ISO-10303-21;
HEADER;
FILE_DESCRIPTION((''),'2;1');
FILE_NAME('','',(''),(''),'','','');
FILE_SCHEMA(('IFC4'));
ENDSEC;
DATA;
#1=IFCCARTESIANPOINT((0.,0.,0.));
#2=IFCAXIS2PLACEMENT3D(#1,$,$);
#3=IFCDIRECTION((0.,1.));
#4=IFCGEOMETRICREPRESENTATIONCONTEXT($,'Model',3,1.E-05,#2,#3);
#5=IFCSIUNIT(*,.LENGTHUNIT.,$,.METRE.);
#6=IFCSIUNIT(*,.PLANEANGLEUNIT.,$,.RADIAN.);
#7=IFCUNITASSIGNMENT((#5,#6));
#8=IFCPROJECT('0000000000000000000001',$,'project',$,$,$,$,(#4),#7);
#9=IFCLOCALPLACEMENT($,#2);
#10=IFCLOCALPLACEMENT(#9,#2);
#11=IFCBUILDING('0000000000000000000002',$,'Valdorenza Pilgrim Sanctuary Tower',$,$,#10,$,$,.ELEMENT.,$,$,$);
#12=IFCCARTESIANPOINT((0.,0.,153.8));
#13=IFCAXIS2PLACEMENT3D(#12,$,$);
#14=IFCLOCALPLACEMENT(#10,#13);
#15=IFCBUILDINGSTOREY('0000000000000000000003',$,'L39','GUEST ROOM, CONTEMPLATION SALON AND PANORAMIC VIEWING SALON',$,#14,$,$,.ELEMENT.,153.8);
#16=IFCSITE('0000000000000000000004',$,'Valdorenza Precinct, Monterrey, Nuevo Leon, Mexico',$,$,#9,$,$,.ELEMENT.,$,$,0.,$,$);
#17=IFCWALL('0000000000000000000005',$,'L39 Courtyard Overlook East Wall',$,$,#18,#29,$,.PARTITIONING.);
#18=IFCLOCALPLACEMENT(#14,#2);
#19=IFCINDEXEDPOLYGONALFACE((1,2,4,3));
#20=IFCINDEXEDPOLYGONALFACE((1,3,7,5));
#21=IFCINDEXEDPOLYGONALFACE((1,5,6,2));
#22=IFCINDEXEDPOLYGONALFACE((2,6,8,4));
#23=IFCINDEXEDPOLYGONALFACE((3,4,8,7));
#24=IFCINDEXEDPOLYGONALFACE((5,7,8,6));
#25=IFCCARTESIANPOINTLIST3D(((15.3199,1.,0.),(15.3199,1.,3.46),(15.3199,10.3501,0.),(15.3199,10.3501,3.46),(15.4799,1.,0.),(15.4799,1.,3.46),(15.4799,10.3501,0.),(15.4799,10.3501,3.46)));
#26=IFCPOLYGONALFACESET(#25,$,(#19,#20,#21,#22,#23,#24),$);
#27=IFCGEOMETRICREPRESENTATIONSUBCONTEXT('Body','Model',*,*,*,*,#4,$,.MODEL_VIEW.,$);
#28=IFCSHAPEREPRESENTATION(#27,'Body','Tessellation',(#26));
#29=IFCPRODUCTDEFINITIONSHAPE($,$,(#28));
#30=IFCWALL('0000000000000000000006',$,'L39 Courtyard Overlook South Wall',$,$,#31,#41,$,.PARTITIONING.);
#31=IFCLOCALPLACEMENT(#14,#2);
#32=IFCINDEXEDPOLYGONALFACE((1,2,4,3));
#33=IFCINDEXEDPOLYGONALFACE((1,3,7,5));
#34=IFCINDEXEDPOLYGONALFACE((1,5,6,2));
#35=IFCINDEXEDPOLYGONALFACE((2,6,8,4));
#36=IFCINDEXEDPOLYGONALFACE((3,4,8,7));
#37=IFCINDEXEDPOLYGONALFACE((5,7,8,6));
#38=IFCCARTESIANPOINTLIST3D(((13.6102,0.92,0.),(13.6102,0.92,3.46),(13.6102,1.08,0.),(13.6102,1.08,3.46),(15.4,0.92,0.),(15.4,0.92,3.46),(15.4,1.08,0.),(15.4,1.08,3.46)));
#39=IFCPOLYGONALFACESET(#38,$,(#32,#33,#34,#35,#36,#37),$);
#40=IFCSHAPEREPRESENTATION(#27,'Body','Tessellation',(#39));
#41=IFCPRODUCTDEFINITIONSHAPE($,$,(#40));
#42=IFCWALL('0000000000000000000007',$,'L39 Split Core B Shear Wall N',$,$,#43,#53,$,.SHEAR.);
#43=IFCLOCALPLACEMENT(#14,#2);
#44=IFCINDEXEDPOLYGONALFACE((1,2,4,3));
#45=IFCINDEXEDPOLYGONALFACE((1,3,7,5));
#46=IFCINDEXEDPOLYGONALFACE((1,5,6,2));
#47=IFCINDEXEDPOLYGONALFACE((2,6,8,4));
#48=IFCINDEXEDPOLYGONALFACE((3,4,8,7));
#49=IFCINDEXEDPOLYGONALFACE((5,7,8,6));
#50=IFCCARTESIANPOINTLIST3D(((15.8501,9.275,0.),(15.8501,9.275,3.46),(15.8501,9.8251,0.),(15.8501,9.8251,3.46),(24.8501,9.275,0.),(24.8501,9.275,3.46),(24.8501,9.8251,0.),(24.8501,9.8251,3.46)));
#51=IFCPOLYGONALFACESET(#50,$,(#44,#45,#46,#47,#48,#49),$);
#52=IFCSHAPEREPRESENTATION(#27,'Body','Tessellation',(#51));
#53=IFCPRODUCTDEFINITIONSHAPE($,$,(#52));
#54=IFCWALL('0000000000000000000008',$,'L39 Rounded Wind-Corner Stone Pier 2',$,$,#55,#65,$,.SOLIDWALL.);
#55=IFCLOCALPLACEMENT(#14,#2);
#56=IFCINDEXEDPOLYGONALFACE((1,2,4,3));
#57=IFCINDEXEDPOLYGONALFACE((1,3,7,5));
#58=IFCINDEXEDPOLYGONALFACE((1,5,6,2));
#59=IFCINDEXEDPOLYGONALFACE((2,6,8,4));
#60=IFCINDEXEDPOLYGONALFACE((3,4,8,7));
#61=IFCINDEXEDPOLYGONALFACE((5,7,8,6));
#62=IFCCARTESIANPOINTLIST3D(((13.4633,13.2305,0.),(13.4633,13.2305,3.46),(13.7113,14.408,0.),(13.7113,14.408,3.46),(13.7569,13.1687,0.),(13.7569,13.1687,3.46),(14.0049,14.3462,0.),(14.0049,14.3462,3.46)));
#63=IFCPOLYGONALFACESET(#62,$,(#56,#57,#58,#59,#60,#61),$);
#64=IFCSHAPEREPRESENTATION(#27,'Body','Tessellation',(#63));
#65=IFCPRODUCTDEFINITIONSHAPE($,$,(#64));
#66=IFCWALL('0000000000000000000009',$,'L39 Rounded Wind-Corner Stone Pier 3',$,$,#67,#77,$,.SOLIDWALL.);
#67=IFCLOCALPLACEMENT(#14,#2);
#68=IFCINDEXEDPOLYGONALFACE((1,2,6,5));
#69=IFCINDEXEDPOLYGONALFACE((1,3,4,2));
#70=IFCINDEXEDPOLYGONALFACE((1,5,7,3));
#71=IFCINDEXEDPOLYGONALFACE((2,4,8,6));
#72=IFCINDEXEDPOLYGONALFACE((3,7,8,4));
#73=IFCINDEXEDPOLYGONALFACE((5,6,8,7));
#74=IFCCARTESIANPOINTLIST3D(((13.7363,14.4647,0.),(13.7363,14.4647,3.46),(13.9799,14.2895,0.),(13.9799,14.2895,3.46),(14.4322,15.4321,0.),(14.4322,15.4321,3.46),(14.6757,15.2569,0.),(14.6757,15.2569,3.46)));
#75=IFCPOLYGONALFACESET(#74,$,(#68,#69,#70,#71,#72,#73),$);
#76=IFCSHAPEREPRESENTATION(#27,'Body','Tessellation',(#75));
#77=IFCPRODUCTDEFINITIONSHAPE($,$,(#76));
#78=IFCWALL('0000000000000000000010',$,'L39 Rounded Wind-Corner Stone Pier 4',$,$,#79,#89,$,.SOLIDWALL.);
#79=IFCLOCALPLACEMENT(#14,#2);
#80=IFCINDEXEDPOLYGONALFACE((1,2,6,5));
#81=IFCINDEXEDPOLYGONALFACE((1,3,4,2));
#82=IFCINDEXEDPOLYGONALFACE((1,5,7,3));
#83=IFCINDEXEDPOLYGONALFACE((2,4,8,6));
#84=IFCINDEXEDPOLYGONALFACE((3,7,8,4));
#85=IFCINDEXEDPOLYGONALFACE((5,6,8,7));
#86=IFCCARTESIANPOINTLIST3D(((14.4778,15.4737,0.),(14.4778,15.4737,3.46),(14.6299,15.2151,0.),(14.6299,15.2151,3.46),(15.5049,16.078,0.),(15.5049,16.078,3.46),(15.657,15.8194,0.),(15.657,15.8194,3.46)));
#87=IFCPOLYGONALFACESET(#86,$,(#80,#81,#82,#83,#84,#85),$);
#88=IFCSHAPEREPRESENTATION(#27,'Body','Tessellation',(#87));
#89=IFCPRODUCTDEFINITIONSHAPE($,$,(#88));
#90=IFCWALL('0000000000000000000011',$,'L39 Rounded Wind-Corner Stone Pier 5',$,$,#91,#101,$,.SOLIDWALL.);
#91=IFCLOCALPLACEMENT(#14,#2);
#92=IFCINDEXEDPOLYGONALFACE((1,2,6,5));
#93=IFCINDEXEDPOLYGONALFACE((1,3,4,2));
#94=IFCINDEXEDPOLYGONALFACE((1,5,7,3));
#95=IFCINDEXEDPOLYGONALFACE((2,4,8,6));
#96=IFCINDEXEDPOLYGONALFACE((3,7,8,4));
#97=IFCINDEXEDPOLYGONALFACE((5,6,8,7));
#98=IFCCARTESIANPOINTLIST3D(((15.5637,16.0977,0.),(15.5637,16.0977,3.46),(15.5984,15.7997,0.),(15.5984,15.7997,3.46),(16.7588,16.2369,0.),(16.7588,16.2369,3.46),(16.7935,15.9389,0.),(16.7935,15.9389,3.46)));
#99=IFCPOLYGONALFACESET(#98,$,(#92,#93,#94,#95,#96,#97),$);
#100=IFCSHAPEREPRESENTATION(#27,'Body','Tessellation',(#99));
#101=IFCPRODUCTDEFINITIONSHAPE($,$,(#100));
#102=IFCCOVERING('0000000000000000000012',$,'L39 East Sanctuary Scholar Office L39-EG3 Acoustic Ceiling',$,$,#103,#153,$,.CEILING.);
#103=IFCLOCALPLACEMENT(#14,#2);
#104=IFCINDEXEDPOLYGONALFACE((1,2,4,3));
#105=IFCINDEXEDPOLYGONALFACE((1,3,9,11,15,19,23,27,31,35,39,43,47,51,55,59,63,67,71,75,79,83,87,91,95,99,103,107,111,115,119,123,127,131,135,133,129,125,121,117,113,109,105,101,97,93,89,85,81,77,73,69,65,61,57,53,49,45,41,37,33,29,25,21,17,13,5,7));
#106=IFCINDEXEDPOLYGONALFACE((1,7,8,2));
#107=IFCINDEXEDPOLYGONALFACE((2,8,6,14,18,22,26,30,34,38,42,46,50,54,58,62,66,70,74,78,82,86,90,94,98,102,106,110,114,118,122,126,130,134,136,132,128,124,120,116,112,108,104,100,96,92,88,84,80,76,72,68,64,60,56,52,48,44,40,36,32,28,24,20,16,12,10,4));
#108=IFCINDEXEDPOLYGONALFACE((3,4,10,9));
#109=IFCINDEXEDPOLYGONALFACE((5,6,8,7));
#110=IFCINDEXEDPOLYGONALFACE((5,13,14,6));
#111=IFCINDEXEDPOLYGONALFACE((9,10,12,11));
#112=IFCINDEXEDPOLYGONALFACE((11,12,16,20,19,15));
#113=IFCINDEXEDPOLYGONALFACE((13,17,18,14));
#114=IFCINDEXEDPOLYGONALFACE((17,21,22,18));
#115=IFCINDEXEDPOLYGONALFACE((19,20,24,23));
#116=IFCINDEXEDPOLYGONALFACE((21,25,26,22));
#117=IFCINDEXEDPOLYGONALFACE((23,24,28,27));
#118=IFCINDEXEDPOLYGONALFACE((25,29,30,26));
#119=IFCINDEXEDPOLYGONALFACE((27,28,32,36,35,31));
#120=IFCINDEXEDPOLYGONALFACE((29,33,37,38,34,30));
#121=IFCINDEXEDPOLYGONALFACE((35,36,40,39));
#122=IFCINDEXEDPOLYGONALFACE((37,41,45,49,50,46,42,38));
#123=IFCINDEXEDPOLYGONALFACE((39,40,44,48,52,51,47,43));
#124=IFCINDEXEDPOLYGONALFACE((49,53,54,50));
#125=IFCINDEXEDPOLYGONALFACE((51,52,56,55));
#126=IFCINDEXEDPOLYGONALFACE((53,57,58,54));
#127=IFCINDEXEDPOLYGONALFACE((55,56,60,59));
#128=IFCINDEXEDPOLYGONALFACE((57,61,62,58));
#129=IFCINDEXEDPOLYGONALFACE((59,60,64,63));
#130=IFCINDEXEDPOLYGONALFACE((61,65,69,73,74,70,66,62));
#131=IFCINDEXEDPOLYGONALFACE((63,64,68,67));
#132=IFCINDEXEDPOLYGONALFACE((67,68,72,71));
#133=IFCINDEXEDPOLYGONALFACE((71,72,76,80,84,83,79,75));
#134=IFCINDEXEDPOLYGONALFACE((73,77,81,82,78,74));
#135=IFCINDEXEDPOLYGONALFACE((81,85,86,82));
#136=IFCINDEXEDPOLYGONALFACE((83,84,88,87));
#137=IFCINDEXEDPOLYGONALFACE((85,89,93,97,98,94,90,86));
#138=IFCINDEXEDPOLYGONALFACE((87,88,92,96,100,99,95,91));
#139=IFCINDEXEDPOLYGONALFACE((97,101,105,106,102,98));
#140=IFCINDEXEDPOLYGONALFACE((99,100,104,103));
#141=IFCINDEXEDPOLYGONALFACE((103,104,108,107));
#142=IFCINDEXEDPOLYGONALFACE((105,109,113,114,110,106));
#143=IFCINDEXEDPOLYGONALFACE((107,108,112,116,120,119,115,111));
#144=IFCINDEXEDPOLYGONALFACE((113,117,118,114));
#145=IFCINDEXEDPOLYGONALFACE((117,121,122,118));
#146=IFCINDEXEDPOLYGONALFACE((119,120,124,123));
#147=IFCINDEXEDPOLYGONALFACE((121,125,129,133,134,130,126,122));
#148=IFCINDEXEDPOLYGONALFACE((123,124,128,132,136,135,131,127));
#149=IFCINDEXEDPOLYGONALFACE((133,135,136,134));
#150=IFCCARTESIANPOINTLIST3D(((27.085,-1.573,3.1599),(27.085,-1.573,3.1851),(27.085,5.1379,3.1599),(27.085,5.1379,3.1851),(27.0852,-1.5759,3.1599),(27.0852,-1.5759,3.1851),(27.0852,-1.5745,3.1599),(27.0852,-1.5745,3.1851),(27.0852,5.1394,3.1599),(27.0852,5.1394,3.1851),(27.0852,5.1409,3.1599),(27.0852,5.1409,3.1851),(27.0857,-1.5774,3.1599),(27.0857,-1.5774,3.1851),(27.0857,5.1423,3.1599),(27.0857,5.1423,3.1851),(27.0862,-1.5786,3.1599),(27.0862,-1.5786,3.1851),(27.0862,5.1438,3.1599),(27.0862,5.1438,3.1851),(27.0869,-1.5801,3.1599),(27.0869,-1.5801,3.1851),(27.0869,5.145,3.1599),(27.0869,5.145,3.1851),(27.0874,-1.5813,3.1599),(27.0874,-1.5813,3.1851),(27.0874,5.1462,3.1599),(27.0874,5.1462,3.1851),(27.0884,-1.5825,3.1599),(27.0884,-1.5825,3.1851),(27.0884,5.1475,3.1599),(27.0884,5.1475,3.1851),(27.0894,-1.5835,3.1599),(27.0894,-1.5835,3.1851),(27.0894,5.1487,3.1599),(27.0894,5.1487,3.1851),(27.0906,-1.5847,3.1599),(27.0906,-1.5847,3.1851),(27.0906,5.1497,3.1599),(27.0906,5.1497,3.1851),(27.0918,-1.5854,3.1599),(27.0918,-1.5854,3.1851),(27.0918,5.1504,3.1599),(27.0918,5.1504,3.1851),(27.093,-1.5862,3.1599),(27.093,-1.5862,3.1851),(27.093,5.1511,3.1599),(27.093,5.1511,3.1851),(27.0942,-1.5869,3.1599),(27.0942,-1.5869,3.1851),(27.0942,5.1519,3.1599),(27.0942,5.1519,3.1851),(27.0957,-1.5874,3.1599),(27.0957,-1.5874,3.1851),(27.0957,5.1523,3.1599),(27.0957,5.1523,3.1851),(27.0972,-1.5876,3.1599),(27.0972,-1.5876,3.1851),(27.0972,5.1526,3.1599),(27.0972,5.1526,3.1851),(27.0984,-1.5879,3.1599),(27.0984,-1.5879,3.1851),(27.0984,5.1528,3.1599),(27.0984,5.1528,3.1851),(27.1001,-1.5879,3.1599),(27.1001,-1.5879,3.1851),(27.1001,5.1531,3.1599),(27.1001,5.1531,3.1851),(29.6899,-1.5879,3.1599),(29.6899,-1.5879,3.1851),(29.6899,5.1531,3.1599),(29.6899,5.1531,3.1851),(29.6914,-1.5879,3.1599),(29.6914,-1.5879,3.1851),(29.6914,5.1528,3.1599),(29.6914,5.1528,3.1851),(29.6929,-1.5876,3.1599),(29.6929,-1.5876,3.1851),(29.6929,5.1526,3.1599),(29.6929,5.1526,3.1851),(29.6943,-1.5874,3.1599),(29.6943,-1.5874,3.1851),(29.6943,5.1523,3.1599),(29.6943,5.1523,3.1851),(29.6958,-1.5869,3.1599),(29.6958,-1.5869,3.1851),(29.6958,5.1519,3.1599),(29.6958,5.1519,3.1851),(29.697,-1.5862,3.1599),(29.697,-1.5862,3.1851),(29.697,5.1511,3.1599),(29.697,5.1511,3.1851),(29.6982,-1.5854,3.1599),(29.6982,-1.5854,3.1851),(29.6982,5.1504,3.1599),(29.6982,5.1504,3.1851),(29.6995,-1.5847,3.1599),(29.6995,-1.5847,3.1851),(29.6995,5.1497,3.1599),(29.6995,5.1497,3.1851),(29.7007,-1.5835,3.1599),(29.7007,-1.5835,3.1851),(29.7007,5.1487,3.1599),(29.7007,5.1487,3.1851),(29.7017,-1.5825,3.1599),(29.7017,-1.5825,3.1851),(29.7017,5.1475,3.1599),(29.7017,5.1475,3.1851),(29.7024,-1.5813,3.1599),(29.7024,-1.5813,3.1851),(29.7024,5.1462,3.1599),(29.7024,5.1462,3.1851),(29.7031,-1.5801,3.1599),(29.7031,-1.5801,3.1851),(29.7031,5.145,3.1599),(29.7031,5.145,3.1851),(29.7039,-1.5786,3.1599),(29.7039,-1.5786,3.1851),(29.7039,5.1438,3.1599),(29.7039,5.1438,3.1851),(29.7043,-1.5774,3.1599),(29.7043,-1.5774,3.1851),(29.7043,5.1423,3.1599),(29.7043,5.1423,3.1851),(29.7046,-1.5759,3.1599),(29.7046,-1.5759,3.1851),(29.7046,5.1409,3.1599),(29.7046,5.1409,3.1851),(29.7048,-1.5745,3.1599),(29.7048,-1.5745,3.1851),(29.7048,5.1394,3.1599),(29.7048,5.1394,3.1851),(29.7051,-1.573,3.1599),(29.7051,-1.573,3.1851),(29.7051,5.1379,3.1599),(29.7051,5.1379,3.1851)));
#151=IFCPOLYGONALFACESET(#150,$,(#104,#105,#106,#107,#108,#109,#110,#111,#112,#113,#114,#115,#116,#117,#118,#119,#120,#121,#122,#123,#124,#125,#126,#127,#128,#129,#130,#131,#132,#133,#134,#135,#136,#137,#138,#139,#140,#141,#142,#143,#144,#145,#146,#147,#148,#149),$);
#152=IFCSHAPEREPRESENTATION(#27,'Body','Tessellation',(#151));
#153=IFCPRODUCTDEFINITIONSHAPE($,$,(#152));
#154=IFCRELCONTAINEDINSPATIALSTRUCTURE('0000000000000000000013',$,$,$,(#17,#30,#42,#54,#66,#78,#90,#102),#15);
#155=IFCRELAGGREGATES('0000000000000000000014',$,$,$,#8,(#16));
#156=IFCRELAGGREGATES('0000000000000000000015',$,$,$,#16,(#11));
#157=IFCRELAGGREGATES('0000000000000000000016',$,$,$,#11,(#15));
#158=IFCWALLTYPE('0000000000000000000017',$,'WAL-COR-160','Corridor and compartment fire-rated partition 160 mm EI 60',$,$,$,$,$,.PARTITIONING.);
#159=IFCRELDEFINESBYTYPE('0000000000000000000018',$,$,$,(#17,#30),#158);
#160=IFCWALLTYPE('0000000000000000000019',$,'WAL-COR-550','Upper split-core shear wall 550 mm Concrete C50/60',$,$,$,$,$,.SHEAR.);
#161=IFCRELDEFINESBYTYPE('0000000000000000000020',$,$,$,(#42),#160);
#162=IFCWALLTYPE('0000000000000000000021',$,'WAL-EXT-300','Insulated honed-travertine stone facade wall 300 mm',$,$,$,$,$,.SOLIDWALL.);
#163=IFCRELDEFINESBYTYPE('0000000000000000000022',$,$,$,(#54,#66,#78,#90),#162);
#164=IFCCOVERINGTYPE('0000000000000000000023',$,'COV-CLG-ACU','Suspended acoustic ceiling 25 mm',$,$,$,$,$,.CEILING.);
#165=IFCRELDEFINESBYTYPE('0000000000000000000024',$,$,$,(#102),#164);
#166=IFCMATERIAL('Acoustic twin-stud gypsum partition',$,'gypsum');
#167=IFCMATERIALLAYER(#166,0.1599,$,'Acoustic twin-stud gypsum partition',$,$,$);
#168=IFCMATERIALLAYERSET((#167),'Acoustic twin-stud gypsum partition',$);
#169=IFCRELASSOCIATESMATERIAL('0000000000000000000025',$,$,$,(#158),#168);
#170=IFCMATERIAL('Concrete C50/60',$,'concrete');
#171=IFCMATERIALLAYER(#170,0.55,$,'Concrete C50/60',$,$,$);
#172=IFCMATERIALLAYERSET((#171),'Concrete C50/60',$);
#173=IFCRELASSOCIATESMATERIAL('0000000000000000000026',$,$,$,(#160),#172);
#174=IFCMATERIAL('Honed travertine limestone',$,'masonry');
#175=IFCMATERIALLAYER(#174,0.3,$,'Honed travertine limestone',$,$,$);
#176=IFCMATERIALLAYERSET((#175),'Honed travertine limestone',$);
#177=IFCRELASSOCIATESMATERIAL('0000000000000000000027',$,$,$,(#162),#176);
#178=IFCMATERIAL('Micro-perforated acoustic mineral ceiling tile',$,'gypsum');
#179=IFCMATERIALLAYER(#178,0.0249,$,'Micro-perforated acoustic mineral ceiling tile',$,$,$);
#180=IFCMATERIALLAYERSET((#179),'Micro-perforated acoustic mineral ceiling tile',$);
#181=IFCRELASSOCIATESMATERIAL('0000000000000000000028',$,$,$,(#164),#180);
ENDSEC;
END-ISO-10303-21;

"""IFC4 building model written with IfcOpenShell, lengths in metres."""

from ifc_helpers import new_model, si_unit, direction, frame, frame_2d, origin, place, context, subcontext, project, spatial, polyline, rectangle, outline, extrude, material, layer, layer_set, type_object, element, save


model = new_model("IFC4")

# Units and contexts
model_context = context("Model", 3, precision=1e-05, world=origin(), true_north=direction((0.0, 1.0)))
body_context = subcontext(model_context, "Body", "Model", "MODEL_VIEW")
ifc_project = project(units=[si_unit("LENGTHUNIT", "METRE"), si_unit("PLANEANGLEUNIT", "RADIAN")], contexts=[model_context])

# Site, building, storey
site_placement = place(None, origin())
site = spatial("IfcSite", under=ifc_project, at=site_placement, Name="Valdorenza Precinct, Monterrey, Nuevo Leon, Mexico", CompositionType="ELEMENT", RefElevation=0.0)
building_placement = place(site_placement, origin())
building = spatial("IfcBuilding", under=site, at=building_placement, Name="Valdorenza Pilgrim Sanctuary Tower", CompositionType="ELEMENT")
storey_placement = place(building_placement, frame((0.0, 0.0, 153.8)))
storey = spatial("IfcBuildingStorey", under=building, at=storey_placement, Name="L39", Description="GUEST ROOM, CONTEMPLATION SALON AND PANORAMIC VIEWING SALON", CompositionType="ELEMENT", Elevation=153.8)

# Shared definitions
ifc_material_1 = material(Name="Honed travertine limestone", Category="masonry")

# Shared definitions
ifc_material_2 = material(Name="Acoustic twin-stud gypsum partition", Category="gypsum")
ifc_layer_1 = layer(ifc_material_2, 0.1599, Name="Acoustic twin-stud gypsum partition")
ifc_layer_set_1 = layer_set([ifc_layer_1], Name="Acoustic twin-stud gypsum partition")
wall_type_1 = type_object("IfcWallType", Name="WAL-COR-160", Description="Corridor and compartment fire-rated partition 160 mm EI 60", PredefinedType="PARTITIONING", material=ifc_layer_set_1)

# Walls
wall_1_placement = place(storey_placement, frame((15.3999, 1.0, 0.0), z_axis=(0.0, 0.0, 1.0), x_axis=(0.0, 1.0, 0.0)))
element("IfcWall", 1, at=wall_1_placement, inside=storey, type_object=wall_type_1, Name="L39 Courtyard Overlook East Wall", PredefinedType="PARTITIONING", context=body_context, shape_type="SweptSolid", body=[
    extrude(rectangle(XDim=9.3501, YDim=0.1599, at=frame_2d((4.675, 0.0))), origin(), (0.0, 0.0, 1.0), 3.46),
])
wall_2_placement = place(storey_placement, frame((13.6101, 1.0, 0.0), z_axis=(0.0, 0.0, 1.0), x_axis=(1.0, 0.0, 0.0)))
element("IfcWall", 2, at=wall_2_placement, inside=storey, type_object=wall_type_1, Name="L39 Courtyard Overlook South Wall", PredefinedType="PARTITIONING", context=body_context, shape_type="SweptSolid", body=[
    extrude(rectangle(XDim=1.7898, YDim=0.1599, at=frame_2d((0.895, 0.0))), origin(), (0.0, 0.0, 1.0), 3.46),
])
ifc_material_3 = material(Name="Concrete C50/60", Category="concrete")
ifc_layer_2 = layer(ifc_material_3, 0.55, Name="Concrete C50/60")
ifc_layer_set_2 = layer_set([ifc_layer_2], Name="Concrete C50/60")
wall_type_2 = type_object("IfcWallType", Name="WAL-COR-550", Description="Upper split-core shear wall 550 mm Concrete C50/60", PredefinedType="SHEAR", material=ifc_layer_set_2)
wall_3_placement = place(storey_placement, frame((15.8501, 9.55, 0.0), z_axis=(0.0, 0.0, 1.0), x_axis=(1.0, 0.0, 0.0)))
element("IfcWall", 3, at=wall_3_placement, inside=storey, type_object=wall_type_2, Name="L39 Split Core B Shear Wall N", PredefinedType="SHEAR", context=body_context, shape_type="SweptSolid", body=[
    extrude(rectangle(XDim=9.0, YDim=0.55, at=frame_2d((4.5, 0.0))), origin(), (0.0, 0.0, 1.0), 3.46),
])
ifc_layer_3 = layer(ifc_material_1, 0.3, Name="Honed travertine limestone")
ifc_layer_set_3 = layer_set([ifc_layer_3], Name="Honed travertine limestone")
wall_type_3 = type_object("IfcWallType", Name="WAL-EXT-300", Description="Insulated honed-travertine stone facade wall 300 mm", PredefinedType="SOLIDWALL", material=ifc_layer_set_3)
wall_4_placement = place(storey_placement, frame((13.6101, 13.1997, 0.0), z_axis=(0.0, 0.0, 1.0), x_axis=(0.206133, 0.978524, 0.0)))
element("IfcWall", 4, at=wall_4_placement, inside=storey, type_object=wall_type_3, Name="L39 Rounded Wind-Corner Stone Pier 2", PredefinedType="SOLIDWALL", context=body_context, shape_type="SweptSolid", body=[
    extrude(rectangle(XDim=1.2034, YDim=0.3, at=frame_2d((0.6016, 0.0))), origin(), (0.0, 0.0, 1.0), 3.46),
])
for number, where, z_axis, x_axis, name in (
    (5, (13.8582, 14.3772, 0.0), (0.0, 0.0, 1.0), (0.583948, 0.811791, 0.0), "L39 Rounded Wind-Corner Stone Pier 3"),
    (6, (14.554, 15.3445, 0.0), (0.0, 0.0, 1.0), (0.861908, 0.507065, 0.0), "L39 Rounded Wind-Corner Stone Pier 4"),
):
    element("IfcWall", number, at=place(storey_placement, frame(where, z_axis=z_axis, x_axis=x_axis)), inside=storey, type_object=wall_type_3, Name=name, PredefinedType="SOLIDWALL", context=body_context, shape_type="SweptSolid", body=[
        extrude(rectangle(XDim=1.1917, YDim=0.3, at=frame_2d((0.5957, 0.0))), origin(), (0.0, 0.0, 1.0), 3.46),
    ])
wall_5_placement = place(storey_placement, frame((15.5811, 15.9487, 0.0), z_axis=(0.0, 0.0, 1.0), x_axis=(0.993288, 0.115664, 0.0)))
element("IfcWall", 7, at=wall_5_placement, inside=storey, type_object=wall_type_3, Name="L39 Rounded Wind-Corner Stone Pier 5", PredefinedType="SOLIDWALL", context=body_context, shape_type="SweptSolid", body=[
    extrude(rectangle(XDim=1.2031, YDim=0.3, at=frame_2d((0.6016, 0.0))), origin(), (0.0, 0.0, 1.0), 3.46),
])

# Covering
ifc_material_4 = material(Name="Micro-perforated acoustic mineral ceiling tile", Category="gypsum")
ifc_layer_4 = layer(ifc_material_4, 0.0249, Name="Micro-perforated acoustic mineral ceiling tile")
ifc_layer_set_4 = layer_set([ifc_layer_4], Name="Micro-perforated acoustic mineral ceiling tile")
covering_type_1 = type_object("IfcCoveringType", Name="COV-CLG-ACU", Description="Suspended acoustic ceiling 25 mm", PredefinedType="CEILING", material=ifc_layer_set_4)
covering_1_placement = place(storey_placement, frame((0.0, 0.0, 3.1599)))
element("IfcCovering", 8, at=covering_1_placement, inside=storey, type_object=covering_type_1, Name="L39 East Sanctuary Scholar Office L39-EG3 Acoustic Ceiling", PredefinedType="CEILING", context=body_context, shape_type="SweptSolid", body=[
    extrude(outline(polyline([(27.085, 5.1379), (27.0852, 5.1394), (27.0852, 5.1409), (27.0857, 5.1423), (27.0862, 5.1438), (27.0869, 5.145), (27.0874, 5.1462), (27.0884, 5.1475), (27.0894, 5.1487), (27.0906, 5.1497), (27.0918, 5.1504), (27.093, 5.1511), (27.0942, 5.1519), (27.0957, 5.1523), (27.0972, 5.1526), (27.0984, 5.1528), (27.1001, 5.1531), (29.6899, 5.1531), (29.6914, 5.1528), (29.6929, 5.1526), (29.6943, 5.1523), (29.6958, 5.1519), (29.697, 5.1511), (29.6982, 5.1504), (29.6995, 5.1497), (29.7007, 5.1487), (29.7017, 5.1475), (29.7024, 5.1462), (29.7031, 5.145), (29.7039, 5.1438), (29.7043, 5.1423), (29.7046, 5.1409), (29.7048, 5.1394), (29.7051, 5.1379), (29.7051, -1.573), (29.7048, -1.5745), (29.7046, -1.5759), (29.7043, -1.5774), (29.7039, -1.5786), (29.7031, -1.5801), (29.7024, -1.5813), (29.7017, -1.5825), (29.7007, -1.5835), (29.6995, -1.5847), (29.6982, -1.5854), (29.697, -1.5862), (29.6958, -1.5869), (29.6943, -1.5874), (29.6929, -1.5876), (29.6914, -1.5879), (29.6899, -1.5879), (27.1001, -1.5879), (27.0984, -1.5879), (27.0972, -1.5876), (27.0957, -1.5874), (27.0942, -1.5869), (27.093, -1.5862), (27.0918, -1.5854), (27.0906, -1.5847), (27.0894, -1.5835), (27.0884, -1.5825), (27.0874, -1.5813), (27.0869, -1.5801), (27.0862, -1.5786), (27.0857, -1.5774), (27.0852, -1.5759), (27.0852, -1.5745), (27.085, -1.573), (27.085, 5.1379)])), origin(), (0.0, 0.0, 1.0), 0.0251),
])

save(model, "model.ifc")
